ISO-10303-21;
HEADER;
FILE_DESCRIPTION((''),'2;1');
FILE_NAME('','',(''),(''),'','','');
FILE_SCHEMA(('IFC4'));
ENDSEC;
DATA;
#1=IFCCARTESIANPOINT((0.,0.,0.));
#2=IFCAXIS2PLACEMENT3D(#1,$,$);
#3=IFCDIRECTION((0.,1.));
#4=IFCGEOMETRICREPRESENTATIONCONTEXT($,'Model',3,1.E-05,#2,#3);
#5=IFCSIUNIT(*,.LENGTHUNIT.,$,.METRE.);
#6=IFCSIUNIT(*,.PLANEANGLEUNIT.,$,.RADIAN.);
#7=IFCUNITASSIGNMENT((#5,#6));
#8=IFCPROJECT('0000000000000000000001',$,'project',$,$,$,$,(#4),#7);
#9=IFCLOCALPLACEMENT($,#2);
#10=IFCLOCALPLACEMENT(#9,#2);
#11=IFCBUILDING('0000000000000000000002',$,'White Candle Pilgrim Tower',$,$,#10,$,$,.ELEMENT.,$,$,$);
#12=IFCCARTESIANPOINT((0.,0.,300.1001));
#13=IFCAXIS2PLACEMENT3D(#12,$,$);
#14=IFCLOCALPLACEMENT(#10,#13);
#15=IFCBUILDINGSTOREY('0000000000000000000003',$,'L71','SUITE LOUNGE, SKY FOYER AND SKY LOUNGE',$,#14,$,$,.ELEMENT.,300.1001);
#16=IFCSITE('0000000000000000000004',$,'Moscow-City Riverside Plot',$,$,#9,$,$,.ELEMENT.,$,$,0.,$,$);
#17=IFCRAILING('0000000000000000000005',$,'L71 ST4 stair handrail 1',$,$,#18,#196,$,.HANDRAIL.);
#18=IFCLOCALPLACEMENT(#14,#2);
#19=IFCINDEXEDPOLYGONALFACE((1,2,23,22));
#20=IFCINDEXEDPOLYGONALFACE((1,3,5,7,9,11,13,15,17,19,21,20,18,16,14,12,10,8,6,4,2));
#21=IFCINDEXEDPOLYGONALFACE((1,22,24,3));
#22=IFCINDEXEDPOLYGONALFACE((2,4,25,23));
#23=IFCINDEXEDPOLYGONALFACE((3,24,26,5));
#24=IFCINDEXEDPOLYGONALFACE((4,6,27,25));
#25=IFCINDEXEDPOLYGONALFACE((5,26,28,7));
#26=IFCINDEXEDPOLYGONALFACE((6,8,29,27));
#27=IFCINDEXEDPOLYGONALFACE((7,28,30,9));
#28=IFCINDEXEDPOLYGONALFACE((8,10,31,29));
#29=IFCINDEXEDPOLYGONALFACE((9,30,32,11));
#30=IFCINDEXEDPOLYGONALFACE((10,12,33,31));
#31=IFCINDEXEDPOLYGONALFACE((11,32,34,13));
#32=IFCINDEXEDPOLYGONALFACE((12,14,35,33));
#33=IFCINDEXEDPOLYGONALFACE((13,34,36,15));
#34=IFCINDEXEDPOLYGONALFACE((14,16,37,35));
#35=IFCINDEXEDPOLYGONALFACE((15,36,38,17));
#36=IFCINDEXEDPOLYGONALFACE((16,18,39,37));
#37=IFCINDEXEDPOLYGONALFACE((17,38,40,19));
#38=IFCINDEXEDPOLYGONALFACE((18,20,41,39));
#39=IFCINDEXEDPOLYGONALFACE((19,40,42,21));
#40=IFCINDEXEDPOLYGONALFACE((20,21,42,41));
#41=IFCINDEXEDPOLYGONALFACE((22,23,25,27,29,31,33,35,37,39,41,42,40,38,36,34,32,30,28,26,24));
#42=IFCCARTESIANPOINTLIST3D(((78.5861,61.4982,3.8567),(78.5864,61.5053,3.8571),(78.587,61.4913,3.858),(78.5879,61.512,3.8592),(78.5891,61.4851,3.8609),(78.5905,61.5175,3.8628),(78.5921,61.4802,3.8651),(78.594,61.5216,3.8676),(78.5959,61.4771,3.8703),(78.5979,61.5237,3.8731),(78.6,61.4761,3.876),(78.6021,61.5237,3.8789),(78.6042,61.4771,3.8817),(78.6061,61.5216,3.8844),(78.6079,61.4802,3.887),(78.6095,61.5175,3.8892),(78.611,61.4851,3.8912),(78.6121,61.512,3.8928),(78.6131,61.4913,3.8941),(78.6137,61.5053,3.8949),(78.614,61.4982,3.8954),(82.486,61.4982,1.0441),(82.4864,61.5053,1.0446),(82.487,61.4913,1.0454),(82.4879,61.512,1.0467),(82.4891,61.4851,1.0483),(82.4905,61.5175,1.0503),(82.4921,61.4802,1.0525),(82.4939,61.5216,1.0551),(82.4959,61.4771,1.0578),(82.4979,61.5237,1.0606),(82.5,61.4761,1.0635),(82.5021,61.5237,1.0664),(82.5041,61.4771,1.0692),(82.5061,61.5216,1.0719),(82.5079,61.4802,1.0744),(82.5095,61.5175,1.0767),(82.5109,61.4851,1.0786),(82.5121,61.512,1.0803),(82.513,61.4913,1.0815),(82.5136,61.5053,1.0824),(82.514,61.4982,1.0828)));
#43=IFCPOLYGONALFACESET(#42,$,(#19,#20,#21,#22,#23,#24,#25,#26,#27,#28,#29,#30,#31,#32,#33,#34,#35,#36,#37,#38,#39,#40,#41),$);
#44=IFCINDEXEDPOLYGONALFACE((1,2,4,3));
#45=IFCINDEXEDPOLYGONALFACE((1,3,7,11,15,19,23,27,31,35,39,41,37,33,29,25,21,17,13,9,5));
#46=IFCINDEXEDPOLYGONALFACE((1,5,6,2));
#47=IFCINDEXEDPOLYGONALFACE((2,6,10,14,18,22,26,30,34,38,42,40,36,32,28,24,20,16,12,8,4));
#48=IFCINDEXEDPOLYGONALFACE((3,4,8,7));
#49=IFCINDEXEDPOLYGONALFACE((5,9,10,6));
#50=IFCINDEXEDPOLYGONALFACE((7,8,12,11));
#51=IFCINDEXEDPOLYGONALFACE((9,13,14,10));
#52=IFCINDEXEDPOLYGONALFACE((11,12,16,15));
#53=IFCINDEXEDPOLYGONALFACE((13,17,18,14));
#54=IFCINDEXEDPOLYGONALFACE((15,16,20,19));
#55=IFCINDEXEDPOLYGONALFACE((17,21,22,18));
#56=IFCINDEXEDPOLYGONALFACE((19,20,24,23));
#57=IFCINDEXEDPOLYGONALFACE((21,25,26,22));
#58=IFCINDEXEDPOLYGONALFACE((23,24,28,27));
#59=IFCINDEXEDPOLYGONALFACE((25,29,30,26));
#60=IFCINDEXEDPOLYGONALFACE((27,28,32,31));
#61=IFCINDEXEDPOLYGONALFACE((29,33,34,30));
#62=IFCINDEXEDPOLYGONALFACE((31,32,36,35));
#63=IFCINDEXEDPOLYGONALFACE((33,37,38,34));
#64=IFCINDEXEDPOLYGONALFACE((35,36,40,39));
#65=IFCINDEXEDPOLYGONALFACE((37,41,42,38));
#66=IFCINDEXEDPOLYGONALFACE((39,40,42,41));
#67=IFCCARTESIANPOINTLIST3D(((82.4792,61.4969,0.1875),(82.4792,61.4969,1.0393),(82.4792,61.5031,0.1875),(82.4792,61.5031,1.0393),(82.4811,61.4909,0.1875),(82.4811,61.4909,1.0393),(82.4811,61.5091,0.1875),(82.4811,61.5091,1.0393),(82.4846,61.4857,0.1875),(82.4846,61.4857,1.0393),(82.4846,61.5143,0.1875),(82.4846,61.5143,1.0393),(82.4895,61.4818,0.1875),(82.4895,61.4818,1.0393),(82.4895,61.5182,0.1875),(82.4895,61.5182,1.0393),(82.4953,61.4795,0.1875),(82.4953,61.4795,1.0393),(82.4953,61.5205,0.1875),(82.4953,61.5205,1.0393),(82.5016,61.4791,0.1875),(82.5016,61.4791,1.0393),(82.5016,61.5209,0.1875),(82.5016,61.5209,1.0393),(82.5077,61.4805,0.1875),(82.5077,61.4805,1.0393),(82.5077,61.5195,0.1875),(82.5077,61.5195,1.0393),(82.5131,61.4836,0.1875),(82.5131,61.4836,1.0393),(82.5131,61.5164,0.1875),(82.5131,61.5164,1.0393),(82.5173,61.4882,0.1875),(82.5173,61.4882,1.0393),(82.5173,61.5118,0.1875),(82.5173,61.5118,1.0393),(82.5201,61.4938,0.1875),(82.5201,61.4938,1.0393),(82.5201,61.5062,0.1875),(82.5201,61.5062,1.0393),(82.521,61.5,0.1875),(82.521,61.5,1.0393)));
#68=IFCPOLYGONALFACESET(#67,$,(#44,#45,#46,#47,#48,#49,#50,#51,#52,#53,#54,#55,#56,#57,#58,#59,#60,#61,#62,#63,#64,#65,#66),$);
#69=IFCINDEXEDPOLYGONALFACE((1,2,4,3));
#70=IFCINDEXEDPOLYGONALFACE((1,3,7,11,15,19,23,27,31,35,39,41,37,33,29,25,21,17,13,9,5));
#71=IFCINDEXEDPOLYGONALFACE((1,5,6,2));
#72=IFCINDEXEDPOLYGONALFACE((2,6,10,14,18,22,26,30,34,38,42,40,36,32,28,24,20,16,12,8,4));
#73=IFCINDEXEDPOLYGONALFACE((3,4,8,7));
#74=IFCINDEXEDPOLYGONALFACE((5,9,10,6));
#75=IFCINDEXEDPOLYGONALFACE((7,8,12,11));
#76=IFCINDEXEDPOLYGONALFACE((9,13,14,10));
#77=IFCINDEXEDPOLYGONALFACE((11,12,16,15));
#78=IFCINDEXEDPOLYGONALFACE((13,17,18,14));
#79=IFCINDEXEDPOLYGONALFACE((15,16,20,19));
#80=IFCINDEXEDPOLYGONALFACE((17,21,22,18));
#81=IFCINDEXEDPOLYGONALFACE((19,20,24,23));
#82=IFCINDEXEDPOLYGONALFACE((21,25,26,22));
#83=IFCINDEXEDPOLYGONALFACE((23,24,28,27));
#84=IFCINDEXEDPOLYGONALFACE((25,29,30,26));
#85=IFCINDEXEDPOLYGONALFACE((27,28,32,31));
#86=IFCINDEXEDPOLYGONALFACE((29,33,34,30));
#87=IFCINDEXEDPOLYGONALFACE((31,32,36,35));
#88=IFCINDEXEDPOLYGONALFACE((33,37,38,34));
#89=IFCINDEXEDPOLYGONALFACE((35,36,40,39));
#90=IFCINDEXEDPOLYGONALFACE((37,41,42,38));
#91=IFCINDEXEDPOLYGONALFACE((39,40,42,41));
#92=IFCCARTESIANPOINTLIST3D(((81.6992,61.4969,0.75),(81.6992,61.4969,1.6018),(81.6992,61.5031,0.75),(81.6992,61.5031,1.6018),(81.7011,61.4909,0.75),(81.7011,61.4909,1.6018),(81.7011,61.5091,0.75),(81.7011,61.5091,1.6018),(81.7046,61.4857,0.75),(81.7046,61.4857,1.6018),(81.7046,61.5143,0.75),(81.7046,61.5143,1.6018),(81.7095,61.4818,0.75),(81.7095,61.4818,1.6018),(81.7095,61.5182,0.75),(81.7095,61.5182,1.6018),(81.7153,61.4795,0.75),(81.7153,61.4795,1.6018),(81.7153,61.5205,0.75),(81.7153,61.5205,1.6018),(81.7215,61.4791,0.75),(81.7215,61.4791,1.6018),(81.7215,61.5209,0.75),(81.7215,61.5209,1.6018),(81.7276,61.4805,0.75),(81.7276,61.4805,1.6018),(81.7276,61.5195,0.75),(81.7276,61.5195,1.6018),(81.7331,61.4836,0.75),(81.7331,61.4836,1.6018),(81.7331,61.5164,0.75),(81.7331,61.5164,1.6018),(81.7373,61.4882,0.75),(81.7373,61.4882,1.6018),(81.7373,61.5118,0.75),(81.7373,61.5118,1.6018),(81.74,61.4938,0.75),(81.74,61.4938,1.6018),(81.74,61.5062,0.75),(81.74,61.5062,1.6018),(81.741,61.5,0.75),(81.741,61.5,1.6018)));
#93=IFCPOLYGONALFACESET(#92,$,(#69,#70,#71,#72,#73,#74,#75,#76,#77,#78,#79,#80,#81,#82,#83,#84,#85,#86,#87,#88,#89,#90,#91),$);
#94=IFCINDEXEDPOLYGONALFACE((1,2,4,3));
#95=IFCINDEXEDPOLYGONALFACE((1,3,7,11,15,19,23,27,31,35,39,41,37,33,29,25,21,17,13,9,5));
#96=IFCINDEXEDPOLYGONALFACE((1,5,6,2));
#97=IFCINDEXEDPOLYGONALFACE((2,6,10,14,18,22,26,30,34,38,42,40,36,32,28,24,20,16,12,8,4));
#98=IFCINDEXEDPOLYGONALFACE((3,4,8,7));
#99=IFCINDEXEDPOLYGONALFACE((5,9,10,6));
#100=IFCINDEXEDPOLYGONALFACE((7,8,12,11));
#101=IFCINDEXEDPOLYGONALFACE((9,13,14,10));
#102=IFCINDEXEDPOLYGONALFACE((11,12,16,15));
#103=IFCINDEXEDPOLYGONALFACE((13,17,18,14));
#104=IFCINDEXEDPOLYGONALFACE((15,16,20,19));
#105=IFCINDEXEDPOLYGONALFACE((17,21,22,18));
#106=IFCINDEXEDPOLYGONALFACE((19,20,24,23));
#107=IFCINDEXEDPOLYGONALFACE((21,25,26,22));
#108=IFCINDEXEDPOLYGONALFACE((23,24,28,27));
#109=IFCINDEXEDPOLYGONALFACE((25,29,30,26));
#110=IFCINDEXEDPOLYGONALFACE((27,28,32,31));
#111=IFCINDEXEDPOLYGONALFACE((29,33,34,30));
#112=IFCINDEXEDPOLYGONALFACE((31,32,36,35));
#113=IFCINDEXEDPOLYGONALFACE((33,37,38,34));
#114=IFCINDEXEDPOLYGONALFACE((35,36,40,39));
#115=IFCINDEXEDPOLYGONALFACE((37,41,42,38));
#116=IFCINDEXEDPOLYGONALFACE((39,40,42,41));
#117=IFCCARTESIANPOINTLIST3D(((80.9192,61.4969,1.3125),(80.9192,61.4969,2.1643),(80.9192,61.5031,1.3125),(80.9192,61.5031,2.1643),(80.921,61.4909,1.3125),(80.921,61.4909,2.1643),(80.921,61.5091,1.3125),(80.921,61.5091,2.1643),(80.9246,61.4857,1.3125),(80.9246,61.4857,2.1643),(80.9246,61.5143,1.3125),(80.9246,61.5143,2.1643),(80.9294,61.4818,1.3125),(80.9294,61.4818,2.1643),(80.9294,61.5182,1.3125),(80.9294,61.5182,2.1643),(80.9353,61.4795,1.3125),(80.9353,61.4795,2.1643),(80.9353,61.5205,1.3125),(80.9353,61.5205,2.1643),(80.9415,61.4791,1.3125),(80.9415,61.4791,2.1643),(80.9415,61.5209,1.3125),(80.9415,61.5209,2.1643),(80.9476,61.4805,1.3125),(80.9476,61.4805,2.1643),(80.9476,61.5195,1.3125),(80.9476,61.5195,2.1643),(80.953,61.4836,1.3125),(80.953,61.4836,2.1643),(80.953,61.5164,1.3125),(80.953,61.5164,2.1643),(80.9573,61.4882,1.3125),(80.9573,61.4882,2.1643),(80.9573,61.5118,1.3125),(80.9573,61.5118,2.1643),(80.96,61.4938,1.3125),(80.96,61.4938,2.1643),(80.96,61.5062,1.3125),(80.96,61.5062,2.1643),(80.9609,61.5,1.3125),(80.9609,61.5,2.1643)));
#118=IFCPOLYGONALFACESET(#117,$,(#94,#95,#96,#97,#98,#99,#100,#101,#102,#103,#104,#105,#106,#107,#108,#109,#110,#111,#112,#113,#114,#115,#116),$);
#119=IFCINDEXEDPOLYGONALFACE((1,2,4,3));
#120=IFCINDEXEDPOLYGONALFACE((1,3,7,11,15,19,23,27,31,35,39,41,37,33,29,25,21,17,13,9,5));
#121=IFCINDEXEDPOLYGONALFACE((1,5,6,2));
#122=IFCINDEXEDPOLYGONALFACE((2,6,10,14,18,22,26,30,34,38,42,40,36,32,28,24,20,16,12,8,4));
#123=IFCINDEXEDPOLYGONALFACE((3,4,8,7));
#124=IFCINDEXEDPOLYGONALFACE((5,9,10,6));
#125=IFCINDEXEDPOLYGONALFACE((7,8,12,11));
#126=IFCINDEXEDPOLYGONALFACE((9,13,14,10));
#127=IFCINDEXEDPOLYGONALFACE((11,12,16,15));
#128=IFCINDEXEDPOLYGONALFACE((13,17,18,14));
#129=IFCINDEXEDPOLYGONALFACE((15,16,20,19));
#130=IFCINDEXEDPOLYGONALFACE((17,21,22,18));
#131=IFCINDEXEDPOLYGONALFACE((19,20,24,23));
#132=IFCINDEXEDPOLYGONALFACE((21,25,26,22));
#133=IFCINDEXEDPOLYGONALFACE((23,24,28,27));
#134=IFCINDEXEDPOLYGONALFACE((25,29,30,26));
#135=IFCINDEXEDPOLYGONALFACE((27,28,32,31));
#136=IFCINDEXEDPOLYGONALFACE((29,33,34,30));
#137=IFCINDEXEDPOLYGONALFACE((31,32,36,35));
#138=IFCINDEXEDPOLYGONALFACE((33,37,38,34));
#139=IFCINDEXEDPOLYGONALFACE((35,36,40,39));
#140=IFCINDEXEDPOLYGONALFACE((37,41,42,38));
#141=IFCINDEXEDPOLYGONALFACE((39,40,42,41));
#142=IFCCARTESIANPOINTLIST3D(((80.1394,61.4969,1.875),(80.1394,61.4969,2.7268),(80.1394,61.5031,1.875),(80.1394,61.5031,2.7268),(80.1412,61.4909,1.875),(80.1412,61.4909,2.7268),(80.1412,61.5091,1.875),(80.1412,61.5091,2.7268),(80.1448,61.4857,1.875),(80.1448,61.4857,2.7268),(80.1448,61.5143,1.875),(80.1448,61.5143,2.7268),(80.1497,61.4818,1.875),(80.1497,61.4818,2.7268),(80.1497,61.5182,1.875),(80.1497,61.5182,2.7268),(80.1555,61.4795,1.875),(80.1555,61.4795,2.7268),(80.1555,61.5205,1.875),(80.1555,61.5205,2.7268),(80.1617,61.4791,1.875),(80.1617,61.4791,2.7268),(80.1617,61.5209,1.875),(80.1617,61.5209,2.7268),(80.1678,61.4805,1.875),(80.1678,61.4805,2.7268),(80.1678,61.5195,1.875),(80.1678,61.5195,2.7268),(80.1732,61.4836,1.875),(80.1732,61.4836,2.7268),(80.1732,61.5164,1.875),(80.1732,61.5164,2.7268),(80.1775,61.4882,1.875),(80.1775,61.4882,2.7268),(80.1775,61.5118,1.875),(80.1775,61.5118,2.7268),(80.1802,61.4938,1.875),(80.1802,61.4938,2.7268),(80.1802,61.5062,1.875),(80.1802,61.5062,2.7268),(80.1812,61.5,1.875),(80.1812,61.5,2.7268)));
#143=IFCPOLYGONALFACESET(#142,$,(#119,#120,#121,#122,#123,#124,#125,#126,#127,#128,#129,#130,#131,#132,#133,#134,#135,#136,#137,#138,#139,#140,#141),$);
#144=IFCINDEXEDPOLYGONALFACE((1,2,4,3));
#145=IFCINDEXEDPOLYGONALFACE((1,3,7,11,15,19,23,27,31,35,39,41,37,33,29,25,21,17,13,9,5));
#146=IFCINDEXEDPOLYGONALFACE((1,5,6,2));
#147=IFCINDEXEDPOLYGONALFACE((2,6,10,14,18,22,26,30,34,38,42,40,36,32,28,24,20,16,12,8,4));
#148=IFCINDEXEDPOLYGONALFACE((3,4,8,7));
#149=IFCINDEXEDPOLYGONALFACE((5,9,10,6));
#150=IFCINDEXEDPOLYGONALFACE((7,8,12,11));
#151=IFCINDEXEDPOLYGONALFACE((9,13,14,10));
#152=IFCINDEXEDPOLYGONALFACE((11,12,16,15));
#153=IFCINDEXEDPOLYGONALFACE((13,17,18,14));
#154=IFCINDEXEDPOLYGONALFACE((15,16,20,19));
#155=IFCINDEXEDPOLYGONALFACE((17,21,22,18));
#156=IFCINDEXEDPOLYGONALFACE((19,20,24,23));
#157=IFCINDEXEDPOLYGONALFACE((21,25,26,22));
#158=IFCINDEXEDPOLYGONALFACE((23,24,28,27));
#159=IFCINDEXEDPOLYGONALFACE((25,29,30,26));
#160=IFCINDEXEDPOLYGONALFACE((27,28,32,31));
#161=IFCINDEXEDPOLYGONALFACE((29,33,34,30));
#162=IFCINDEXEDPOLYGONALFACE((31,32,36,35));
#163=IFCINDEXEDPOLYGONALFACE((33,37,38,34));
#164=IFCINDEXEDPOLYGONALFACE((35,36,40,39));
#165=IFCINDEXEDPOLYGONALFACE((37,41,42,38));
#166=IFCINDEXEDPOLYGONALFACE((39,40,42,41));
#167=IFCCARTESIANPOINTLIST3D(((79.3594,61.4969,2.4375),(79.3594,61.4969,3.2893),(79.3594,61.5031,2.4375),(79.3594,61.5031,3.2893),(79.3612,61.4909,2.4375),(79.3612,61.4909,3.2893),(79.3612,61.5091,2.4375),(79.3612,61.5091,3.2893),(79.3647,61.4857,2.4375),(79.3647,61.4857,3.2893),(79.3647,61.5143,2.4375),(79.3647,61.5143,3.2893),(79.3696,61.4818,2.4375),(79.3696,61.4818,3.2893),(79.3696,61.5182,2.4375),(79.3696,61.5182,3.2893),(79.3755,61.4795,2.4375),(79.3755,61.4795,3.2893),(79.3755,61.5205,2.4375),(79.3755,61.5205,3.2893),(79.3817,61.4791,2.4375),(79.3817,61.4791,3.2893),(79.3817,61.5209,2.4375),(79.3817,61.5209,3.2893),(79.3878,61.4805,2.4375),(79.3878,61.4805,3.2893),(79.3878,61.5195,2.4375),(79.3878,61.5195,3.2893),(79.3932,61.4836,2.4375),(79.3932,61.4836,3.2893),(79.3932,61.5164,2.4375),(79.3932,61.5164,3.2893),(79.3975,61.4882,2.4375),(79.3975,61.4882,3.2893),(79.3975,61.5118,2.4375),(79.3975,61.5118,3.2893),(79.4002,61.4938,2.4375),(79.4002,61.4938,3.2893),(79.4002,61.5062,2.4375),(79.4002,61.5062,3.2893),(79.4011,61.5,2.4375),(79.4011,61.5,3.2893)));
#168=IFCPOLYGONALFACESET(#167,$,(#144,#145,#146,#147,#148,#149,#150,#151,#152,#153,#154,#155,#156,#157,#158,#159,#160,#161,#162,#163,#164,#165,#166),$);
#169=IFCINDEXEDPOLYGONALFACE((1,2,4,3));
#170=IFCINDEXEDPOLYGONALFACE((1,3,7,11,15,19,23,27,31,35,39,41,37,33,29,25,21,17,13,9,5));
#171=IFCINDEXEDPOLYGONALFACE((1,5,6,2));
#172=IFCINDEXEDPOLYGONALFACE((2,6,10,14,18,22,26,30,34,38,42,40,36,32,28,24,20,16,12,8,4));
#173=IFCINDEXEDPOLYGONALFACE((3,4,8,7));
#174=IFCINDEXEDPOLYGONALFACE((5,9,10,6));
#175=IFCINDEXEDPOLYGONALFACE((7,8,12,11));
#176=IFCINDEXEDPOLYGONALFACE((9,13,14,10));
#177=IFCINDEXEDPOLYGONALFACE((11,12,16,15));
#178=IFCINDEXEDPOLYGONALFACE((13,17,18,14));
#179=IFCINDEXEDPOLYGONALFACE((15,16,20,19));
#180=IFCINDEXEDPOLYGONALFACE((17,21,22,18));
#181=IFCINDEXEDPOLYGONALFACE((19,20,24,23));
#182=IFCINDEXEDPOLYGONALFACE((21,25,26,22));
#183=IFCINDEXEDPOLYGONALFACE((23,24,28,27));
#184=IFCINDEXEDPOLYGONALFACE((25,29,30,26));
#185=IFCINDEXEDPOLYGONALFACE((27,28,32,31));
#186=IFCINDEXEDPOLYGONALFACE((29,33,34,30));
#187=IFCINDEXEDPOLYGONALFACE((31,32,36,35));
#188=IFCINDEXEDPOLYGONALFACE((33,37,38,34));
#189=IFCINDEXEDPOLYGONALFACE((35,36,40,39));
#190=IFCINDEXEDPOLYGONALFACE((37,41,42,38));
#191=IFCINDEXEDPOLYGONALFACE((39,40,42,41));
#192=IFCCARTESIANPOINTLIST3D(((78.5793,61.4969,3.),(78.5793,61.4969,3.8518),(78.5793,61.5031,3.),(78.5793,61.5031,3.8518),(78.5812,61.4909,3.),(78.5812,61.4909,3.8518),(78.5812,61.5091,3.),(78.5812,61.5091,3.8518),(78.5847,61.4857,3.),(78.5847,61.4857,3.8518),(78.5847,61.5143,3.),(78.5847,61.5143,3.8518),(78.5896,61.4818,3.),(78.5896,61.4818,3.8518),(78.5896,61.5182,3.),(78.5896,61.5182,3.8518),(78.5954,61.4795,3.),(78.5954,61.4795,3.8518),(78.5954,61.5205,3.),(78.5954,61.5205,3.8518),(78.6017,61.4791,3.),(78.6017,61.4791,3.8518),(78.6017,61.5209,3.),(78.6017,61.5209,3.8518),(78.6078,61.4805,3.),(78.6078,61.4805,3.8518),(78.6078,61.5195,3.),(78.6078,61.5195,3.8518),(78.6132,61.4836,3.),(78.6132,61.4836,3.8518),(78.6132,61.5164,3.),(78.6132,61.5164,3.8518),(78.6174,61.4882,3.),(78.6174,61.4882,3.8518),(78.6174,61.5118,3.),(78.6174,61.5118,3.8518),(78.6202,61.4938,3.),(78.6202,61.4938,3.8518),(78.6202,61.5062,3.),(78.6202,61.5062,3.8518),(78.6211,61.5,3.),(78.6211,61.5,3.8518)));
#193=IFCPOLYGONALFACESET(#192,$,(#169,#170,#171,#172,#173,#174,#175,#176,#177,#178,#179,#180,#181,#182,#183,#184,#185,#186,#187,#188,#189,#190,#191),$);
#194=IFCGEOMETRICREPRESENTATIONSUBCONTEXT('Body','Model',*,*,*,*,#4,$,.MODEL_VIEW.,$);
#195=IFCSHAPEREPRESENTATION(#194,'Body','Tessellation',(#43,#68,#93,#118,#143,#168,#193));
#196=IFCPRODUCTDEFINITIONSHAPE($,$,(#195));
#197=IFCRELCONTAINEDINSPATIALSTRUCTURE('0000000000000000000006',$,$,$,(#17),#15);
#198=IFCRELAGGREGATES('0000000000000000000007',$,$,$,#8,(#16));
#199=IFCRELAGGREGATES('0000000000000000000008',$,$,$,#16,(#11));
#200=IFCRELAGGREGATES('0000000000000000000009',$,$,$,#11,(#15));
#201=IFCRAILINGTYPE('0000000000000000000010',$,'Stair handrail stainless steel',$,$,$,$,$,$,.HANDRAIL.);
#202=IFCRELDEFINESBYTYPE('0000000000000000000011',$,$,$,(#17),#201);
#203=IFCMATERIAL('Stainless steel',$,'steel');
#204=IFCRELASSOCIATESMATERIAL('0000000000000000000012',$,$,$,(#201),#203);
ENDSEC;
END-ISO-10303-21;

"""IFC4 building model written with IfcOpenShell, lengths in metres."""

from ifc_helpers import new_model, si_unit, direction, frame, origin, origin_2d, place, context, subcontext, project, spatial, circle, extrude, material, type_object, element, save


model = new_model("IFC4")

# Units and contexts
model_context = context("Model", 3, precision=1e-05, world=origin(), true_north=direction((0.0, 1.0)))
body_context = subcontext(model_context, "Body", "Model", "MODEL_VIEW")
ifc_project = project(units=[si_unit("LENGTHUNIT", "METRE"), si_unit("PLANEANGLEUNIT", "RADIAN")], contexts=[model_context])

# Site, building, storey
site_placement = place(None, origin())
site = spatial("IfcSite", under=ifc_project, at=site_placement, Name="Moscow-City Riverside Plot", CompositionType="ELEMENT", RefElevation=0.0)
building_placement = place(site_placement, origin())
building = spatial("IfcBuilding", under=site, at=building_placement, Name="White Candle Pilgrim Tower", CompositionType="ELEMENT")
storey_placement = place(building_placement, frame((0.0, 0.0, 300.1001)))
storey = spatial("IfcBuildingStorey", under=building, at=storey_placement, Name="L71", Description="SUITE LOUNGE, SKY FOYER AND SKY LOUNGE", CompositionType="ELEMENT", Elevation=300.1001)

# Railing
ifc_material_1 = material(Name="Stainless steel", Category="steel")
railing_type_1 = type_object("IfcRailingType", Name="Stair handrail stainless steel", PredefinedType="HANDRAIL", material=ifc_material_1)
railing_1_placement = place(storey_placement, frame((82.5, 61.5, 0.1875)))
element("IfcRailing", 1, at=railing_1_placement, inside=storey, type_object=railing_type_1, Name="L71 ST4 stair handrail 1", PredefinedType="HANDRAIL", context=body_context, shape_type="SweptSolid", body=[
    extrude(circle(Radius=0.0239, at=origin_2d()), frame((0.0, 0.0, 0.876), z_axis=(-0.811083, 0.0, 0.584931), x_axis=(0.0, -1.0, 0.0)), (0.0, 0.0, 1.0), 4.8083),
    extrude(circle(Radius=0.021, at=origin_2d()), origin(), (0.0, 0.0, 1.0), 0.8518),
    extrude(circle(Radius=0.021, at=origin_2d()), frame((-0.78, 0.0, 0.5625)), (0.0, 0.0, 1.0), 0.8518),
    extrude(circle(Radius=0.021, at=origin_2d()), frame((-1.5601, 0.0, 1.125)), (0.0, 0.0, 1.0), 0.8518),
    extrude(circle(Radius=0.021, at=origin_2d()), frame((-2.3398, 0.0, 1.6875)), (0.0, 0.0, 1.0), 0.8518),
    extrude(circle(Radius=0.021, at=origin_2d()), frame((-3.1199, 0.0, 2.25)), (0.0, 0.0, 1.0), 0.8518),
    extrude(circle(Radius=0.021, at=origin_2d()), frame((-3.8999, 0.0, 2.8125)), (0.0, 0.0, 1.0), 0.8518),
])

save(model, "model.ifc")
